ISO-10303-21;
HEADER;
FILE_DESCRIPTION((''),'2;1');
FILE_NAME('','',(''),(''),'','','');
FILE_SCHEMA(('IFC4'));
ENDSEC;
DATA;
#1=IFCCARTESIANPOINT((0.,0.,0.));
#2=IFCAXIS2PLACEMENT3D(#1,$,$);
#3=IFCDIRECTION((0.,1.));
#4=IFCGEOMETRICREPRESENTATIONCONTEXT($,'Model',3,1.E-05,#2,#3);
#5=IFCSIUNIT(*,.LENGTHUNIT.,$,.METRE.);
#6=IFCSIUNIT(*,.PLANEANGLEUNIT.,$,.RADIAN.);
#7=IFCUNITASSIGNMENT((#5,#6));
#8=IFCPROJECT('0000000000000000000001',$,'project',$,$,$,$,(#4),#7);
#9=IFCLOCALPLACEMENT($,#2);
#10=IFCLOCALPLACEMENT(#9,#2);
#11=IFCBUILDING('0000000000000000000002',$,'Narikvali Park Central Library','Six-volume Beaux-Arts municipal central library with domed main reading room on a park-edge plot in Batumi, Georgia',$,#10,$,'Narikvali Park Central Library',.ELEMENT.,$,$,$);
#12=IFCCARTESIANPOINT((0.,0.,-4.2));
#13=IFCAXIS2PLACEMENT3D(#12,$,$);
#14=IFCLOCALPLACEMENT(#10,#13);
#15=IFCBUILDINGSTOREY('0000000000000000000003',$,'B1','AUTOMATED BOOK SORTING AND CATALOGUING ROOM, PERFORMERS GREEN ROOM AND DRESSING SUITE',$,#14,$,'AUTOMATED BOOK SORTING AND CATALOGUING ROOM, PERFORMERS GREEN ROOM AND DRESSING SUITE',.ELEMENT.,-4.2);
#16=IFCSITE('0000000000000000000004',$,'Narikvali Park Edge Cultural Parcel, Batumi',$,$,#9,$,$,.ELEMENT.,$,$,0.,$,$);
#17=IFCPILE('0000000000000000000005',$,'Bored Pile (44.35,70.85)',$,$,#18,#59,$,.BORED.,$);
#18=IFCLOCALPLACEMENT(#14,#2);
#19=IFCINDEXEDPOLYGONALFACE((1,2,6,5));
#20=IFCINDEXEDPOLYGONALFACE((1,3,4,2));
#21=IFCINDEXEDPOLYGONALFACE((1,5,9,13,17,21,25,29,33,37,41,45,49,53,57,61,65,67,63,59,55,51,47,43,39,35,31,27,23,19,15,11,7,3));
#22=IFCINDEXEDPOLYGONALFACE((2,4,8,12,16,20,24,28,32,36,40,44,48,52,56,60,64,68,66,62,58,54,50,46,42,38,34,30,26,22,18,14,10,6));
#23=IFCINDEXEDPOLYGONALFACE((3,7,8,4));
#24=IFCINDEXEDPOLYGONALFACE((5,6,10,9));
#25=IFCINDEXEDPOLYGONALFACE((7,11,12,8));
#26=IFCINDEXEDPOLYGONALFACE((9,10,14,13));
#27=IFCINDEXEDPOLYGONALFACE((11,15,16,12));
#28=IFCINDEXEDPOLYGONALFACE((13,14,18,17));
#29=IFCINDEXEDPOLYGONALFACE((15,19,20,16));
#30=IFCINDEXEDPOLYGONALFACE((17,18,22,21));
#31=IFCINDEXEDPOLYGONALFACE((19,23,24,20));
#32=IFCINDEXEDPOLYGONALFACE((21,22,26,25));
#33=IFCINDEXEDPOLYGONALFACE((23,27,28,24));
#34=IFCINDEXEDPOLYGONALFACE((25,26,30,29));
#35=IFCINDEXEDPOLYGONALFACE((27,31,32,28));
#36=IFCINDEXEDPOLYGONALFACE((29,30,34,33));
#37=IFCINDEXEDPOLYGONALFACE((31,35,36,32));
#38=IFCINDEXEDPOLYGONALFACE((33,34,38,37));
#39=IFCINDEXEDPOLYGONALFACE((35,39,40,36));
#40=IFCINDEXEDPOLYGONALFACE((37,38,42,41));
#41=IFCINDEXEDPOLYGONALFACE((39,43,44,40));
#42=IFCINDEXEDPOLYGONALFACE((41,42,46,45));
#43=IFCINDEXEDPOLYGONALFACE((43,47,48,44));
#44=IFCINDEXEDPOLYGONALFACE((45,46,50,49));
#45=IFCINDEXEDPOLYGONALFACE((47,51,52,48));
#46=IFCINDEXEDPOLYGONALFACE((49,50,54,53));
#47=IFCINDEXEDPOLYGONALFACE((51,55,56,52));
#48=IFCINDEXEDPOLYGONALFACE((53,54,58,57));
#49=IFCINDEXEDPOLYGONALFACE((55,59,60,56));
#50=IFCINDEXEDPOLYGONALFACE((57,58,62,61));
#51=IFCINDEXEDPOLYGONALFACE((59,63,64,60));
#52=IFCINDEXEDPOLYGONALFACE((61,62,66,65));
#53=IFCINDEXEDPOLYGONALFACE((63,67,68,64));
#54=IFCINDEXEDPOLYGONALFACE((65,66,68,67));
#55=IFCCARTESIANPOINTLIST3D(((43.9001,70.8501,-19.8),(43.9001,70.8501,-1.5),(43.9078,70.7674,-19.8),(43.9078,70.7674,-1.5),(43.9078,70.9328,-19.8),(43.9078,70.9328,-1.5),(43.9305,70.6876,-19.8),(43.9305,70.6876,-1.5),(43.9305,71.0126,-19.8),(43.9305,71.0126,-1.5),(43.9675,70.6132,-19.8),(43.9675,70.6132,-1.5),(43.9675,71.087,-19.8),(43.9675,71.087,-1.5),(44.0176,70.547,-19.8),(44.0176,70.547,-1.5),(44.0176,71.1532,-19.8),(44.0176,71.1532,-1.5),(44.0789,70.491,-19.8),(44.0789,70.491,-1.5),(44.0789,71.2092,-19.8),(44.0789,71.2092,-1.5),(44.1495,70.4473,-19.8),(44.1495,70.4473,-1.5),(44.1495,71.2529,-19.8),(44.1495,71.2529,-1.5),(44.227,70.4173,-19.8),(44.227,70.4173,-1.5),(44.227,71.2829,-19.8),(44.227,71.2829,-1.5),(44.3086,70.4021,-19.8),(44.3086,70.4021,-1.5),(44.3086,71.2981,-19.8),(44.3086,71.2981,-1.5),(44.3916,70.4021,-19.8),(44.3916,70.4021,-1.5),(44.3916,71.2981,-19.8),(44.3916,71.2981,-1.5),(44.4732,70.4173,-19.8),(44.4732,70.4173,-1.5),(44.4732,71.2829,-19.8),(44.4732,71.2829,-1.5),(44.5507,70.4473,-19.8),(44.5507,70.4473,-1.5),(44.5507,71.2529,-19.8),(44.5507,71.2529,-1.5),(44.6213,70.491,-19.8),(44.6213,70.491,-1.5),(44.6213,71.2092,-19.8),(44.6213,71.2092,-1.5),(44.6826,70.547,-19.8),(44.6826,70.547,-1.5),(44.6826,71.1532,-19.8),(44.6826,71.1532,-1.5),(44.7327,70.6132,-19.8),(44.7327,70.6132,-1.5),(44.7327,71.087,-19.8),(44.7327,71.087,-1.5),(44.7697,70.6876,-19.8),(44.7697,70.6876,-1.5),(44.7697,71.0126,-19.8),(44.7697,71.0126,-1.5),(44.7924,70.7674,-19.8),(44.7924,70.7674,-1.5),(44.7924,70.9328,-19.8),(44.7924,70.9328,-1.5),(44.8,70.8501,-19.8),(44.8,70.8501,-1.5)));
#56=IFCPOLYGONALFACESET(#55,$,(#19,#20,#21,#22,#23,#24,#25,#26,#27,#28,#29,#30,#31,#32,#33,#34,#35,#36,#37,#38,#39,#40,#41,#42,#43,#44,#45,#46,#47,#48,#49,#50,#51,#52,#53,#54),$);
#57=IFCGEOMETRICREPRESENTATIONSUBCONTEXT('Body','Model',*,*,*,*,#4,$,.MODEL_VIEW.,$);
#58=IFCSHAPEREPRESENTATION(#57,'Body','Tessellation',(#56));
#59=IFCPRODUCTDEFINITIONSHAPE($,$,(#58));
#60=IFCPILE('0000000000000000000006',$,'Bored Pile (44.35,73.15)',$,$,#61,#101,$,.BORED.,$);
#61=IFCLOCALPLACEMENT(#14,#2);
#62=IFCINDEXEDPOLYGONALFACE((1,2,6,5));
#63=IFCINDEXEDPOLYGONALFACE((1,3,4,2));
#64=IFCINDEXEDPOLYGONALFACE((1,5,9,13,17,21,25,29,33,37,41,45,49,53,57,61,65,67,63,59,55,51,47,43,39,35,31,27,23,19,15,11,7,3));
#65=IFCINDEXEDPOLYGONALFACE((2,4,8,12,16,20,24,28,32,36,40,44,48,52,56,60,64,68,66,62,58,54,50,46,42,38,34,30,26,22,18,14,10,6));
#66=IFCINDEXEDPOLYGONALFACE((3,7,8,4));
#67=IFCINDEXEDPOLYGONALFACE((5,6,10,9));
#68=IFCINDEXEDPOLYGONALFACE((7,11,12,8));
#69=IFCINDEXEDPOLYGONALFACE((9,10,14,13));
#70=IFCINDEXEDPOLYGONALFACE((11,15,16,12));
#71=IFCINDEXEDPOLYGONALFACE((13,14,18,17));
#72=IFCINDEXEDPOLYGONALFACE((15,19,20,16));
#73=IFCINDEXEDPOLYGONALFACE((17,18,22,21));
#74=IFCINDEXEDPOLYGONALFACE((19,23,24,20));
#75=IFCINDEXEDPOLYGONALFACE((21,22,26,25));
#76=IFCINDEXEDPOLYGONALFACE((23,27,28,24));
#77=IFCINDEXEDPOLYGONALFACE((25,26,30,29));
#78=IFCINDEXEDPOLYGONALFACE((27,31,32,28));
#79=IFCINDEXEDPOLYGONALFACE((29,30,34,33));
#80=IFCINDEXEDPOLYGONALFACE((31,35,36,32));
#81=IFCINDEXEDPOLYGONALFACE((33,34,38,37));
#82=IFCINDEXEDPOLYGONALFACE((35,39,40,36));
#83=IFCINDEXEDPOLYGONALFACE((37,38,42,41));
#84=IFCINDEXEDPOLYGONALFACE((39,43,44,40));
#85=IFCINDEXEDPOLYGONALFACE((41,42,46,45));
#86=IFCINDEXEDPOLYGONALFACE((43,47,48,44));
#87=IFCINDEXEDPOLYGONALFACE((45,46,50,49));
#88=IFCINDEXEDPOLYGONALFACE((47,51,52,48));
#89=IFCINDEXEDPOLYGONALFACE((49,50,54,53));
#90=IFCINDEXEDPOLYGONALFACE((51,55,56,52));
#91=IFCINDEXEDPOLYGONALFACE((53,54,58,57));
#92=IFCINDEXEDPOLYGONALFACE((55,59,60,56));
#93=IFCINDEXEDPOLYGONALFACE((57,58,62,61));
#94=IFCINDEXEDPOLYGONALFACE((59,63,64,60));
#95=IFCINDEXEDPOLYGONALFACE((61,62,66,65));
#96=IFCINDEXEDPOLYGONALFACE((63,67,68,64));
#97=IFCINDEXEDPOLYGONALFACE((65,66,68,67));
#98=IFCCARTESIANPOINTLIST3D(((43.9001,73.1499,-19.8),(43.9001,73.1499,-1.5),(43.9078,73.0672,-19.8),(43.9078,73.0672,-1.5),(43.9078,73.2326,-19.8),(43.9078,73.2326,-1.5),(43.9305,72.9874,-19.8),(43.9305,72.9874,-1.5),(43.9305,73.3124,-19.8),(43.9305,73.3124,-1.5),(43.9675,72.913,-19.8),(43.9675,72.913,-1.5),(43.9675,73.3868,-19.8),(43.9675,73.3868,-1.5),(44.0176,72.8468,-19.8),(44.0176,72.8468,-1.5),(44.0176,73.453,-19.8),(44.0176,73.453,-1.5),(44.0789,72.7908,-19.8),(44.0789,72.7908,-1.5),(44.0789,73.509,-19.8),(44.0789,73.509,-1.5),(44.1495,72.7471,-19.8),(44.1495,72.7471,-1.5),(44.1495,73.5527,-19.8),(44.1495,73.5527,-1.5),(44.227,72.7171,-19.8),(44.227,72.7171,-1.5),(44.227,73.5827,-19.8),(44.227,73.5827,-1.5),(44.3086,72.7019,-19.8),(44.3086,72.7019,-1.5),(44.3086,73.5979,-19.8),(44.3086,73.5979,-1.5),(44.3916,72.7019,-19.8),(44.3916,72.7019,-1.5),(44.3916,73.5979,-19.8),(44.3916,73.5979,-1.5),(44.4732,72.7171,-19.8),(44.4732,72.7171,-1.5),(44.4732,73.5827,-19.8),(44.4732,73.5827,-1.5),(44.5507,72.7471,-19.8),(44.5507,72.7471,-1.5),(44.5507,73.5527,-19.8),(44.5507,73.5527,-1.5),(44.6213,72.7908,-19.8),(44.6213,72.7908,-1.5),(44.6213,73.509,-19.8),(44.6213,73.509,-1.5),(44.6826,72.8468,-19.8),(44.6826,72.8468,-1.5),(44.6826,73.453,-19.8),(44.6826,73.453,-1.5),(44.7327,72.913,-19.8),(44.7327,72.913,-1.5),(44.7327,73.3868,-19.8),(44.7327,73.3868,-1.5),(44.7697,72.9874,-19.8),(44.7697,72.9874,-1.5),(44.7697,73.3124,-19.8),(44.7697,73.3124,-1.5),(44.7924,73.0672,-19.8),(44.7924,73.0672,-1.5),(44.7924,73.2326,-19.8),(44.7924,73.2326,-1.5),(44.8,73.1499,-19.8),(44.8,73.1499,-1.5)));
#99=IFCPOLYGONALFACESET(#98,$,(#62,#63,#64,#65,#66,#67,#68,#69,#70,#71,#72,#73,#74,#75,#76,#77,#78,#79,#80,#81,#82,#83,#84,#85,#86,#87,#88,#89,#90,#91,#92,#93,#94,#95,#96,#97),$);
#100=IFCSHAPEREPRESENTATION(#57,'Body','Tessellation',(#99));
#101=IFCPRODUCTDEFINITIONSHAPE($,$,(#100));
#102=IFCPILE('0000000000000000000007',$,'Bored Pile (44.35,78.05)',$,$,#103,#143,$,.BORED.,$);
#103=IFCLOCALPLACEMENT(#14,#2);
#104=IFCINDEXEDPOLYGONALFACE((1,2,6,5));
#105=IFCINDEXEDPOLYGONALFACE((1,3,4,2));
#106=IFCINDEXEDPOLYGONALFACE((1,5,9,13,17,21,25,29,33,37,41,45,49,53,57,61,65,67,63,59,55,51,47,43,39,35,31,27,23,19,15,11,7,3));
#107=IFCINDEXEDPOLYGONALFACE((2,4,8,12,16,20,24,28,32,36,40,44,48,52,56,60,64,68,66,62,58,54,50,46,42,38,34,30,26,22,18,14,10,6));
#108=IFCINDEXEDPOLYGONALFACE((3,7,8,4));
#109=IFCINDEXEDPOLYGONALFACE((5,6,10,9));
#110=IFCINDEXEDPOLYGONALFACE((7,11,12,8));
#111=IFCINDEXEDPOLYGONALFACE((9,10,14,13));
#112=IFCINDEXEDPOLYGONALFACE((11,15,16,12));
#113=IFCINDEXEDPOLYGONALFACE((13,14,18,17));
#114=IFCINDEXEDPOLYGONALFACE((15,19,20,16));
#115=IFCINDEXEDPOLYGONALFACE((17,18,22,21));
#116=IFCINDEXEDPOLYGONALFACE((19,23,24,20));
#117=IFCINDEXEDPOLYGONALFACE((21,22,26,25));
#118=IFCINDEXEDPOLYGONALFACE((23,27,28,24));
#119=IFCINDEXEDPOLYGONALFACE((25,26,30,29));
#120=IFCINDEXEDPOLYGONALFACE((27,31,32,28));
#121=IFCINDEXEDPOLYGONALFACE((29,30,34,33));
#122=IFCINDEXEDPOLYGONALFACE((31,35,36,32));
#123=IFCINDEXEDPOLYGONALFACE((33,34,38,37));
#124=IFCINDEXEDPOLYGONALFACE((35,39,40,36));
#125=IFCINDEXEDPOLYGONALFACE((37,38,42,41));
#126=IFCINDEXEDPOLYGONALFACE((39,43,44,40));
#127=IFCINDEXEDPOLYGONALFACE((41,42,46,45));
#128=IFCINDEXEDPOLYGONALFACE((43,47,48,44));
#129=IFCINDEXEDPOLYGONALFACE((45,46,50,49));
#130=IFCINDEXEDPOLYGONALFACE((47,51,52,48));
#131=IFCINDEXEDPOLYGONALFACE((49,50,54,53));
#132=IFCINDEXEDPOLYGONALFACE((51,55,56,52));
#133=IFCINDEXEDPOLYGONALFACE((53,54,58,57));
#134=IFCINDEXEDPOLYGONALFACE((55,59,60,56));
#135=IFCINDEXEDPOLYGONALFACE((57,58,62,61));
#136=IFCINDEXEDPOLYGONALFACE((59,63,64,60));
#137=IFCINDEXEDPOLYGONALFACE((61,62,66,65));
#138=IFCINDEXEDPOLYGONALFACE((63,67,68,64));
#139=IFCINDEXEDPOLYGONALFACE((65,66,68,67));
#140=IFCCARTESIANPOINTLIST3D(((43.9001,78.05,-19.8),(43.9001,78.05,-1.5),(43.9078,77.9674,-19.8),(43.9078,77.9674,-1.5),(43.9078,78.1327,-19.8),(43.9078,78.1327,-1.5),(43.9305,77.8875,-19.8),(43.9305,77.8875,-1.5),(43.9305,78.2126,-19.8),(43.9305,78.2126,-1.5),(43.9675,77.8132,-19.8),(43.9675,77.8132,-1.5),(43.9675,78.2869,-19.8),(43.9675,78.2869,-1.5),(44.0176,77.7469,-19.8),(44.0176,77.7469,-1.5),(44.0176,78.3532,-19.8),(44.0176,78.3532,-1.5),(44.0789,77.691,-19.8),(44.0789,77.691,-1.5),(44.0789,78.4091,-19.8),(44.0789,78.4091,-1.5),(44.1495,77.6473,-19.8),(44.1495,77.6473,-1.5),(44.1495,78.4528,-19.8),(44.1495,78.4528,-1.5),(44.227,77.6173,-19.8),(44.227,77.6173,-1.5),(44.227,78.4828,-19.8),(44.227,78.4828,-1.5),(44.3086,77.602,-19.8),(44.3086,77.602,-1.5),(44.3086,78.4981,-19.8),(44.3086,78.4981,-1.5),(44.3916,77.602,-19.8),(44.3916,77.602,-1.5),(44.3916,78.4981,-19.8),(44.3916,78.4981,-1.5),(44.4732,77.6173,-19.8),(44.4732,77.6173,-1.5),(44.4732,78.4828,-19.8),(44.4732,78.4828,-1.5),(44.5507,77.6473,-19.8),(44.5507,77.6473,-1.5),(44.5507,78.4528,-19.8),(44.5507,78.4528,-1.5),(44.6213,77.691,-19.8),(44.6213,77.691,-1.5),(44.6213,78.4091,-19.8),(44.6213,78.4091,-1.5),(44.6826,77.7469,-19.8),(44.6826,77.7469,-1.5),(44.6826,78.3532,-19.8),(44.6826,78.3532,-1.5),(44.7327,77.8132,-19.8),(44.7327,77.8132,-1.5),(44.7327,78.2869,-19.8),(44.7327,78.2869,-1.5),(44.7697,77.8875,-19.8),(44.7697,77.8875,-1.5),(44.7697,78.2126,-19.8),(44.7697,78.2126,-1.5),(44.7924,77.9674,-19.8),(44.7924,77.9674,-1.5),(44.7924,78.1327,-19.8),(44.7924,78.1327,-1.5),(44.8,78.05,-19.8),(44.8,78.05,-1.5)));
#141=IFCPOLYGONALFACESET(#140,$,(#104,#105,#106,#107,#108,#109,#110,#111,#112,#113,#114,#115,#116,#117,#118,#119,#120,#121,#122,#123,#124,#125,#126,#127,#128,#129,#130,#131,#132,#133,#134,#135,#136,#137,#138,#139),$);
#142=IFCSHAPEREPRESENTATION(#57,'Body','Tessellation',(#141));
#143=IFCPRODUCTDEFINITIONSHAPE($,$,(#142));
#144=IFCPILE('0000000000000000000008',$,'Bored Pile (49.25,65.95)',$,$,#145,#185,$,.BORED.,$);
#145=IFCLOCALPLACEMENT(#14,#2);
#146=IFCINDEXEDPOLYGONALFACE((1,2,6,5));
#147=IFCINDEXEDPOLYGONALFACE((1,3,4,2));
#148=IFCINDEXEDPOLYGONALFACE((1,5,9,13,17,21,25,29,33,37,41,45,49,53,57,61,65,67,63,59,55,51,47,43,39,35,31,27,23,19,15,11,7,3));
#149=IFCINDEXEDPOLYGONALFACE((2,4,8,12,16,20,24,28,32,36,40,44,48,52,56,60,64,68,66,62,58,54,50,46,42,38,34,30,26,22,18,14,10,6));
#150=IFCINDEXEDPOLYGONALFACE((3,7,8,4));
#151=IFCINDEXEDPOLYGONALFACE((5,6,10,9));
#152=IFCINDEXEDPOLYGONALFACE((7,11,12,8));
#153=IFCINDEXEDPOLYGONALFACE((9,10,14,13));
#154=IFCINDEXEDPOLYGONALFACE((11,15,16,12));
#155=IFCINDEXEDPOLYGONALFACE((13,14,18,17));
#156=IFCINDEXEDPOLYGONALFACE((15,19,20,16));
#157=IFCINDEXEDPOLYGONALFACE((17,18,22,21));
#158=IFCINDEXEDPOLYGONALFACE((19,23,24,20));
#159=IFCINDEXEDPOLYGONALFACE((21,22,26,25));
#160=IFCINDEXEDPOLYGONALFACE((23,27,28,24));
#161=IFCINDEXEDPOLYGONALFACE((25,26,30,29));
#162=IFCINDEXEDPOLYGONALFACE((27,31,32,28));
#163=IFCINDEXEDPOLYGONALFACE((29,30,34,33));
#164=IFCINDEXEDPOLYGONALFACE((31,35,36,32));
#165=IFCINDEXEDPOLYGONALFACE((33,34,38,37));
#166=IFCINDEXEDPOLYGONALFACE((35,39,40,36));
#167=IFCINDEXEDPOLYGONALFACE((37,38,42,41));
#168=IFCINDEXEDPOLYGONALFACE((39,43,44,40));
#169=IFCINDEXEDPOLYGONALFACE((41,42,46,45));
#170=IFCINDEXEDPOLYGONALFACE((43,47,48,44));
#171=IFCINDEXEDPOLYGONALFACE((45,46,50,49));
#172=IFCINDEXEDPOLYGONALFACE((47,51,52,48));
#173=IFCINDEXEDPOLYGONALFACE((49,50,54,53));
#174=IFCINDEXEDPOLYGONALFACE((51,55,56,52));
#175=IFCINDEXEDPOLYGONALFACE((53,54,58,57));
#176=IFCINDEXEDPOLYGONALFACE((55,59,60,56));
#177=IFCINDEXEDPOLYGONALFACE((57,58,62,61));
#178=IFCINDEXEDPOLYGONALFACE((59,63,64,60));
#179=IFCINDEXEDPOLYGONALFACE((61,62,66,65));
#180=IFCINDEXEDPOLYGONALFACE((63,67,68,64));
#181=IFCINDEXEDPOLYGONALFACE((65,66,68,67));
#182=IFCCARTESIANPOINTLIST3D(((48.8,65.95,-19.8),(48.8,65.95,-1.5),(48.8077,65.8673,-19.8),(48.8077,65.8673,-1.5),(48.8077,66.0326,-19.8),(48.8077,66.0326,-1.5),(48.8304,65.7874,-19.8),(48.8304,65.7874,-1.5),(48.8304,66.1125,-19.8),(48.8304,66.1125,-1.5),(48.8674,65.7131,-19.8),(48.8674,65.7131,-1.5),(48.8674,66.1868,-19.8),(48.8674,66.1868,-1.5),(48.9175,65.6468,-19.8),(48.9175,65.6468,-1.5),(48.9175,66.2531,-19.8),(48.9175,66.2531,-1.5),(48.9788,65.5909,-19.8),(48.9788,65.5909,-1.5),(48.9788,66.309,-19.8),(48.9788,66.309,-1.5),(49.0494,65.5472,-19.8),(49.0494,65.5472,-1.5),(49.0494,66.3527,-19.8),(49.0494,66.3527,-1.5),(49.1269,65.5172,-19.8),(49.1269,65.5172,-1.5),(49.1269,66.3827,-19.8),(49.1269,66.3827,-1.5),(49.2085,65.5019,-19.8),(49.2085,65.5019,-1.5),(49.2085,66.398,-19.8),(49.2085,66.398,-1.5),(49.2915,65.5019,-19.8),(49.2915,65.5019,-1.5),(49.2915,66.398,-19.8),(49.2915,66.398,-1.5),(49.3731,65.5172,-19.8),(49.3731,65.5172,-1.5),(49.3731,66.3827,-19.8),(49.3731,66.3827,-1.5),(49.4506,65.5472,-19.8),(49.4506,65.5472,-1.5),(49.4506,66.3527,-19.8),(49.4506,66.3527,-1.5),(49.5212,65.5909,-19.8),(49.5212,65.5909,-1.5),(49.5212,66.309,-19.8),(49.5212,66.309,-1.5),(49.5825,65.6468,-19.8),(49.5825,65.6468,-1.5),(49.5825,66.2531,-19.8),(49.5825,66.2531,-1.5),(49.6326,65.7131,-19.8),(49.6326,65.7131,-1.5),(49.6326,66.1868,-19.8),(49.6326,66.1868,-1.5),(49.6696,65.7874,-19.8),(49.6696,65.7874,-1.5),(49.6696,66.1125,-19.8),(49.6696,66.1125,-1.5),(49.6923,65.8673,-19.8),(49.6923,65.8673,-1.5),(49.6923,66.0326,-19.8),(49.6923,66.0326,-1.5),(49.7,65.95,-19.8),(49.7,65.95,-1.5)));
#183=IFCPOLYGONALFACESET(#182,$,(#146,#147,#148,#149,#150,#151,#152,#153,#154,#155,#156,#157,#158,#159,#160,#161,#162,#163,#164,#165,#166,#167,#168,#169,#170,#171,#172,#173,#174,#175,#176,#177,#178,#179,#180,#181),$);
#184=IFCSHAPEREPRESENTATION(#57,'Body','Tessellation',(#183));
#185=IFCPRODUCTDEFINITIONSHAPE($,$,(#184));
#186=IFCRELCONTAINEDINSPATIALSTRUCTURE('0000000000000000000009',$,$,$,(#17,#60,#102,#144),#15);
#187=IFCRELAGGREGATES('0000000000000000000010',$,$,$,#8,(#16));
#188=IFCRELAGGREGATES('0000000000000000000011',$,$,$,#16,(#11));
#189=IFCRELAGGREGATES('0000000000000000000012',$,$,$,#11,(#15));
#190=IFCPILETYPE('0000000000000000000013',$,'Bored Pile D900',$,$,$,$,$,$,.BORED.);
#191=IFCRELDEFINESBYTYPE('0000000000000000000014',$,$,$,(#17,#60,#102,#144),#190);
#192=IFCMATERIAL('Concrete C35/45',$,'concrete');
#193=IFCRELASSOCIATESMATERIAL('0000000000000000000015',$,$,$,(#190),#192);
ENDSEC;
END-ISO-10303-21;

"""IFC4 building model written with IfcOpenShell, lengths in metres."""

from ifc_helpers import new_model, si_unit, direction, frame, origin, origin_2d, place, context, subcontext, project, spatial, circle, extrude, material, material_profile, profile_set, type_object, element, save


model = new_model("IFC4")

# Units and contexts
model_context = context("Model", 3, precision=1e-05, world=origin(), true_north=direction((0.0, 1.0)))
body_context = subcontext(model_context, "Body", "Model", "MODEL_VIEW")
ifc_project = project(units=[si_unit("LENGTHUNIT", "METRE"), si_unit("PLANEANGLEUNIT", "RADIAN")], contexts=[model_context])

# Site, building, storey
site_placement = place(None, origin())
site = spatial("IfcSite", under=ifc_project, at=site_placement, Name="Narikvali Park Edge Cultural Parcel, Batumi", CompositionType="ELEMENT", RefElevation=0.0)
building_placement = place(site_placement, origin())
building = spatial("IfcBuilding", under=site, at=building_placement, Name="Narikvali Park Central Library", Description="Six-volume Beaux-Arts municipal central library with domed main reading room on a park-edge plot in Batumi, Georgia", LongName="Narikvali Park Central Library", CompositionType="ELEMENT")
storey_placement = place(building_placement, frame((0.0, 0.0, -4.2)))
storey = spatial("IfcBuildingStorey", under=building, at=storey_placement, Name="B1", Description="AUTOMATED BOOK SORTING AND CATALOGUING ROOM, PERFORMERS GREEN ROOM AND DRESSING SUITE", LongName="AUTOMATED BOOK SORTING AND CATALOGUING ROOM, PERFORMERS GREEN ROOM AND DRESSING SUITE", CompositionType="ELEMENT", Elevation=-4.2)

# Piles
ifc_material_1 = material(Name="Concrete C35/45", Category="concrete")
ifc_material_profile_1 = material_profile(ifc_material_1, circle(Radius=0.45, at=origin_2d()), Name="PILE D900")
ifc_profile_set_1 = profile_set([ifc_material_profile_1], Name="Concrete C35/45")
pile_type = type_object("IfcPileType", Name="Bored Pile D900", PredefinedType="BORED", material=ifc_profile_set_1)
for number, where, z_axis, x_axis, name in (
    (1, (44.3501, 70.8501, -1.5), (0.0, 0.0, -1.0), (1.0, 0.0, 0.0), "Bored Pile (44.35,70.85)"),
    (2, (44.3501, 73.1499, -1.5), (0.0, 0.0, -1.0), (1.0, 0.0, 0.0), "Bored Pile (44.35,73.15)"),
    (3, (44.3501, 78.05, -1.5), (0.0, 0.0, -1.0), (1.0, 0.0, 0.0), "Bored Pile (44.35,78.05)"),
    (4, (49.25, 65.95, -1.5), (0.0, 0.0, -1.0), (1.0, 0.0, 0.0), "Bored Pile (49.25,65.95)"),
):
    element("IfcPile", number, at=place(storey_placement, frame(where, z_axis=z_axis, x_axis=x_axis)), inside=storey, type_object=pile_type, Name=name, PredefinedType="BORED", context=body_context, shape_type="SweptSolid", body=[
        extrude(circle(Radius=0.45, at=origin_2d()), origin(), (0.0, 0.0, 1.0), 18.3),
    ])

save(model, "model.ifc")
